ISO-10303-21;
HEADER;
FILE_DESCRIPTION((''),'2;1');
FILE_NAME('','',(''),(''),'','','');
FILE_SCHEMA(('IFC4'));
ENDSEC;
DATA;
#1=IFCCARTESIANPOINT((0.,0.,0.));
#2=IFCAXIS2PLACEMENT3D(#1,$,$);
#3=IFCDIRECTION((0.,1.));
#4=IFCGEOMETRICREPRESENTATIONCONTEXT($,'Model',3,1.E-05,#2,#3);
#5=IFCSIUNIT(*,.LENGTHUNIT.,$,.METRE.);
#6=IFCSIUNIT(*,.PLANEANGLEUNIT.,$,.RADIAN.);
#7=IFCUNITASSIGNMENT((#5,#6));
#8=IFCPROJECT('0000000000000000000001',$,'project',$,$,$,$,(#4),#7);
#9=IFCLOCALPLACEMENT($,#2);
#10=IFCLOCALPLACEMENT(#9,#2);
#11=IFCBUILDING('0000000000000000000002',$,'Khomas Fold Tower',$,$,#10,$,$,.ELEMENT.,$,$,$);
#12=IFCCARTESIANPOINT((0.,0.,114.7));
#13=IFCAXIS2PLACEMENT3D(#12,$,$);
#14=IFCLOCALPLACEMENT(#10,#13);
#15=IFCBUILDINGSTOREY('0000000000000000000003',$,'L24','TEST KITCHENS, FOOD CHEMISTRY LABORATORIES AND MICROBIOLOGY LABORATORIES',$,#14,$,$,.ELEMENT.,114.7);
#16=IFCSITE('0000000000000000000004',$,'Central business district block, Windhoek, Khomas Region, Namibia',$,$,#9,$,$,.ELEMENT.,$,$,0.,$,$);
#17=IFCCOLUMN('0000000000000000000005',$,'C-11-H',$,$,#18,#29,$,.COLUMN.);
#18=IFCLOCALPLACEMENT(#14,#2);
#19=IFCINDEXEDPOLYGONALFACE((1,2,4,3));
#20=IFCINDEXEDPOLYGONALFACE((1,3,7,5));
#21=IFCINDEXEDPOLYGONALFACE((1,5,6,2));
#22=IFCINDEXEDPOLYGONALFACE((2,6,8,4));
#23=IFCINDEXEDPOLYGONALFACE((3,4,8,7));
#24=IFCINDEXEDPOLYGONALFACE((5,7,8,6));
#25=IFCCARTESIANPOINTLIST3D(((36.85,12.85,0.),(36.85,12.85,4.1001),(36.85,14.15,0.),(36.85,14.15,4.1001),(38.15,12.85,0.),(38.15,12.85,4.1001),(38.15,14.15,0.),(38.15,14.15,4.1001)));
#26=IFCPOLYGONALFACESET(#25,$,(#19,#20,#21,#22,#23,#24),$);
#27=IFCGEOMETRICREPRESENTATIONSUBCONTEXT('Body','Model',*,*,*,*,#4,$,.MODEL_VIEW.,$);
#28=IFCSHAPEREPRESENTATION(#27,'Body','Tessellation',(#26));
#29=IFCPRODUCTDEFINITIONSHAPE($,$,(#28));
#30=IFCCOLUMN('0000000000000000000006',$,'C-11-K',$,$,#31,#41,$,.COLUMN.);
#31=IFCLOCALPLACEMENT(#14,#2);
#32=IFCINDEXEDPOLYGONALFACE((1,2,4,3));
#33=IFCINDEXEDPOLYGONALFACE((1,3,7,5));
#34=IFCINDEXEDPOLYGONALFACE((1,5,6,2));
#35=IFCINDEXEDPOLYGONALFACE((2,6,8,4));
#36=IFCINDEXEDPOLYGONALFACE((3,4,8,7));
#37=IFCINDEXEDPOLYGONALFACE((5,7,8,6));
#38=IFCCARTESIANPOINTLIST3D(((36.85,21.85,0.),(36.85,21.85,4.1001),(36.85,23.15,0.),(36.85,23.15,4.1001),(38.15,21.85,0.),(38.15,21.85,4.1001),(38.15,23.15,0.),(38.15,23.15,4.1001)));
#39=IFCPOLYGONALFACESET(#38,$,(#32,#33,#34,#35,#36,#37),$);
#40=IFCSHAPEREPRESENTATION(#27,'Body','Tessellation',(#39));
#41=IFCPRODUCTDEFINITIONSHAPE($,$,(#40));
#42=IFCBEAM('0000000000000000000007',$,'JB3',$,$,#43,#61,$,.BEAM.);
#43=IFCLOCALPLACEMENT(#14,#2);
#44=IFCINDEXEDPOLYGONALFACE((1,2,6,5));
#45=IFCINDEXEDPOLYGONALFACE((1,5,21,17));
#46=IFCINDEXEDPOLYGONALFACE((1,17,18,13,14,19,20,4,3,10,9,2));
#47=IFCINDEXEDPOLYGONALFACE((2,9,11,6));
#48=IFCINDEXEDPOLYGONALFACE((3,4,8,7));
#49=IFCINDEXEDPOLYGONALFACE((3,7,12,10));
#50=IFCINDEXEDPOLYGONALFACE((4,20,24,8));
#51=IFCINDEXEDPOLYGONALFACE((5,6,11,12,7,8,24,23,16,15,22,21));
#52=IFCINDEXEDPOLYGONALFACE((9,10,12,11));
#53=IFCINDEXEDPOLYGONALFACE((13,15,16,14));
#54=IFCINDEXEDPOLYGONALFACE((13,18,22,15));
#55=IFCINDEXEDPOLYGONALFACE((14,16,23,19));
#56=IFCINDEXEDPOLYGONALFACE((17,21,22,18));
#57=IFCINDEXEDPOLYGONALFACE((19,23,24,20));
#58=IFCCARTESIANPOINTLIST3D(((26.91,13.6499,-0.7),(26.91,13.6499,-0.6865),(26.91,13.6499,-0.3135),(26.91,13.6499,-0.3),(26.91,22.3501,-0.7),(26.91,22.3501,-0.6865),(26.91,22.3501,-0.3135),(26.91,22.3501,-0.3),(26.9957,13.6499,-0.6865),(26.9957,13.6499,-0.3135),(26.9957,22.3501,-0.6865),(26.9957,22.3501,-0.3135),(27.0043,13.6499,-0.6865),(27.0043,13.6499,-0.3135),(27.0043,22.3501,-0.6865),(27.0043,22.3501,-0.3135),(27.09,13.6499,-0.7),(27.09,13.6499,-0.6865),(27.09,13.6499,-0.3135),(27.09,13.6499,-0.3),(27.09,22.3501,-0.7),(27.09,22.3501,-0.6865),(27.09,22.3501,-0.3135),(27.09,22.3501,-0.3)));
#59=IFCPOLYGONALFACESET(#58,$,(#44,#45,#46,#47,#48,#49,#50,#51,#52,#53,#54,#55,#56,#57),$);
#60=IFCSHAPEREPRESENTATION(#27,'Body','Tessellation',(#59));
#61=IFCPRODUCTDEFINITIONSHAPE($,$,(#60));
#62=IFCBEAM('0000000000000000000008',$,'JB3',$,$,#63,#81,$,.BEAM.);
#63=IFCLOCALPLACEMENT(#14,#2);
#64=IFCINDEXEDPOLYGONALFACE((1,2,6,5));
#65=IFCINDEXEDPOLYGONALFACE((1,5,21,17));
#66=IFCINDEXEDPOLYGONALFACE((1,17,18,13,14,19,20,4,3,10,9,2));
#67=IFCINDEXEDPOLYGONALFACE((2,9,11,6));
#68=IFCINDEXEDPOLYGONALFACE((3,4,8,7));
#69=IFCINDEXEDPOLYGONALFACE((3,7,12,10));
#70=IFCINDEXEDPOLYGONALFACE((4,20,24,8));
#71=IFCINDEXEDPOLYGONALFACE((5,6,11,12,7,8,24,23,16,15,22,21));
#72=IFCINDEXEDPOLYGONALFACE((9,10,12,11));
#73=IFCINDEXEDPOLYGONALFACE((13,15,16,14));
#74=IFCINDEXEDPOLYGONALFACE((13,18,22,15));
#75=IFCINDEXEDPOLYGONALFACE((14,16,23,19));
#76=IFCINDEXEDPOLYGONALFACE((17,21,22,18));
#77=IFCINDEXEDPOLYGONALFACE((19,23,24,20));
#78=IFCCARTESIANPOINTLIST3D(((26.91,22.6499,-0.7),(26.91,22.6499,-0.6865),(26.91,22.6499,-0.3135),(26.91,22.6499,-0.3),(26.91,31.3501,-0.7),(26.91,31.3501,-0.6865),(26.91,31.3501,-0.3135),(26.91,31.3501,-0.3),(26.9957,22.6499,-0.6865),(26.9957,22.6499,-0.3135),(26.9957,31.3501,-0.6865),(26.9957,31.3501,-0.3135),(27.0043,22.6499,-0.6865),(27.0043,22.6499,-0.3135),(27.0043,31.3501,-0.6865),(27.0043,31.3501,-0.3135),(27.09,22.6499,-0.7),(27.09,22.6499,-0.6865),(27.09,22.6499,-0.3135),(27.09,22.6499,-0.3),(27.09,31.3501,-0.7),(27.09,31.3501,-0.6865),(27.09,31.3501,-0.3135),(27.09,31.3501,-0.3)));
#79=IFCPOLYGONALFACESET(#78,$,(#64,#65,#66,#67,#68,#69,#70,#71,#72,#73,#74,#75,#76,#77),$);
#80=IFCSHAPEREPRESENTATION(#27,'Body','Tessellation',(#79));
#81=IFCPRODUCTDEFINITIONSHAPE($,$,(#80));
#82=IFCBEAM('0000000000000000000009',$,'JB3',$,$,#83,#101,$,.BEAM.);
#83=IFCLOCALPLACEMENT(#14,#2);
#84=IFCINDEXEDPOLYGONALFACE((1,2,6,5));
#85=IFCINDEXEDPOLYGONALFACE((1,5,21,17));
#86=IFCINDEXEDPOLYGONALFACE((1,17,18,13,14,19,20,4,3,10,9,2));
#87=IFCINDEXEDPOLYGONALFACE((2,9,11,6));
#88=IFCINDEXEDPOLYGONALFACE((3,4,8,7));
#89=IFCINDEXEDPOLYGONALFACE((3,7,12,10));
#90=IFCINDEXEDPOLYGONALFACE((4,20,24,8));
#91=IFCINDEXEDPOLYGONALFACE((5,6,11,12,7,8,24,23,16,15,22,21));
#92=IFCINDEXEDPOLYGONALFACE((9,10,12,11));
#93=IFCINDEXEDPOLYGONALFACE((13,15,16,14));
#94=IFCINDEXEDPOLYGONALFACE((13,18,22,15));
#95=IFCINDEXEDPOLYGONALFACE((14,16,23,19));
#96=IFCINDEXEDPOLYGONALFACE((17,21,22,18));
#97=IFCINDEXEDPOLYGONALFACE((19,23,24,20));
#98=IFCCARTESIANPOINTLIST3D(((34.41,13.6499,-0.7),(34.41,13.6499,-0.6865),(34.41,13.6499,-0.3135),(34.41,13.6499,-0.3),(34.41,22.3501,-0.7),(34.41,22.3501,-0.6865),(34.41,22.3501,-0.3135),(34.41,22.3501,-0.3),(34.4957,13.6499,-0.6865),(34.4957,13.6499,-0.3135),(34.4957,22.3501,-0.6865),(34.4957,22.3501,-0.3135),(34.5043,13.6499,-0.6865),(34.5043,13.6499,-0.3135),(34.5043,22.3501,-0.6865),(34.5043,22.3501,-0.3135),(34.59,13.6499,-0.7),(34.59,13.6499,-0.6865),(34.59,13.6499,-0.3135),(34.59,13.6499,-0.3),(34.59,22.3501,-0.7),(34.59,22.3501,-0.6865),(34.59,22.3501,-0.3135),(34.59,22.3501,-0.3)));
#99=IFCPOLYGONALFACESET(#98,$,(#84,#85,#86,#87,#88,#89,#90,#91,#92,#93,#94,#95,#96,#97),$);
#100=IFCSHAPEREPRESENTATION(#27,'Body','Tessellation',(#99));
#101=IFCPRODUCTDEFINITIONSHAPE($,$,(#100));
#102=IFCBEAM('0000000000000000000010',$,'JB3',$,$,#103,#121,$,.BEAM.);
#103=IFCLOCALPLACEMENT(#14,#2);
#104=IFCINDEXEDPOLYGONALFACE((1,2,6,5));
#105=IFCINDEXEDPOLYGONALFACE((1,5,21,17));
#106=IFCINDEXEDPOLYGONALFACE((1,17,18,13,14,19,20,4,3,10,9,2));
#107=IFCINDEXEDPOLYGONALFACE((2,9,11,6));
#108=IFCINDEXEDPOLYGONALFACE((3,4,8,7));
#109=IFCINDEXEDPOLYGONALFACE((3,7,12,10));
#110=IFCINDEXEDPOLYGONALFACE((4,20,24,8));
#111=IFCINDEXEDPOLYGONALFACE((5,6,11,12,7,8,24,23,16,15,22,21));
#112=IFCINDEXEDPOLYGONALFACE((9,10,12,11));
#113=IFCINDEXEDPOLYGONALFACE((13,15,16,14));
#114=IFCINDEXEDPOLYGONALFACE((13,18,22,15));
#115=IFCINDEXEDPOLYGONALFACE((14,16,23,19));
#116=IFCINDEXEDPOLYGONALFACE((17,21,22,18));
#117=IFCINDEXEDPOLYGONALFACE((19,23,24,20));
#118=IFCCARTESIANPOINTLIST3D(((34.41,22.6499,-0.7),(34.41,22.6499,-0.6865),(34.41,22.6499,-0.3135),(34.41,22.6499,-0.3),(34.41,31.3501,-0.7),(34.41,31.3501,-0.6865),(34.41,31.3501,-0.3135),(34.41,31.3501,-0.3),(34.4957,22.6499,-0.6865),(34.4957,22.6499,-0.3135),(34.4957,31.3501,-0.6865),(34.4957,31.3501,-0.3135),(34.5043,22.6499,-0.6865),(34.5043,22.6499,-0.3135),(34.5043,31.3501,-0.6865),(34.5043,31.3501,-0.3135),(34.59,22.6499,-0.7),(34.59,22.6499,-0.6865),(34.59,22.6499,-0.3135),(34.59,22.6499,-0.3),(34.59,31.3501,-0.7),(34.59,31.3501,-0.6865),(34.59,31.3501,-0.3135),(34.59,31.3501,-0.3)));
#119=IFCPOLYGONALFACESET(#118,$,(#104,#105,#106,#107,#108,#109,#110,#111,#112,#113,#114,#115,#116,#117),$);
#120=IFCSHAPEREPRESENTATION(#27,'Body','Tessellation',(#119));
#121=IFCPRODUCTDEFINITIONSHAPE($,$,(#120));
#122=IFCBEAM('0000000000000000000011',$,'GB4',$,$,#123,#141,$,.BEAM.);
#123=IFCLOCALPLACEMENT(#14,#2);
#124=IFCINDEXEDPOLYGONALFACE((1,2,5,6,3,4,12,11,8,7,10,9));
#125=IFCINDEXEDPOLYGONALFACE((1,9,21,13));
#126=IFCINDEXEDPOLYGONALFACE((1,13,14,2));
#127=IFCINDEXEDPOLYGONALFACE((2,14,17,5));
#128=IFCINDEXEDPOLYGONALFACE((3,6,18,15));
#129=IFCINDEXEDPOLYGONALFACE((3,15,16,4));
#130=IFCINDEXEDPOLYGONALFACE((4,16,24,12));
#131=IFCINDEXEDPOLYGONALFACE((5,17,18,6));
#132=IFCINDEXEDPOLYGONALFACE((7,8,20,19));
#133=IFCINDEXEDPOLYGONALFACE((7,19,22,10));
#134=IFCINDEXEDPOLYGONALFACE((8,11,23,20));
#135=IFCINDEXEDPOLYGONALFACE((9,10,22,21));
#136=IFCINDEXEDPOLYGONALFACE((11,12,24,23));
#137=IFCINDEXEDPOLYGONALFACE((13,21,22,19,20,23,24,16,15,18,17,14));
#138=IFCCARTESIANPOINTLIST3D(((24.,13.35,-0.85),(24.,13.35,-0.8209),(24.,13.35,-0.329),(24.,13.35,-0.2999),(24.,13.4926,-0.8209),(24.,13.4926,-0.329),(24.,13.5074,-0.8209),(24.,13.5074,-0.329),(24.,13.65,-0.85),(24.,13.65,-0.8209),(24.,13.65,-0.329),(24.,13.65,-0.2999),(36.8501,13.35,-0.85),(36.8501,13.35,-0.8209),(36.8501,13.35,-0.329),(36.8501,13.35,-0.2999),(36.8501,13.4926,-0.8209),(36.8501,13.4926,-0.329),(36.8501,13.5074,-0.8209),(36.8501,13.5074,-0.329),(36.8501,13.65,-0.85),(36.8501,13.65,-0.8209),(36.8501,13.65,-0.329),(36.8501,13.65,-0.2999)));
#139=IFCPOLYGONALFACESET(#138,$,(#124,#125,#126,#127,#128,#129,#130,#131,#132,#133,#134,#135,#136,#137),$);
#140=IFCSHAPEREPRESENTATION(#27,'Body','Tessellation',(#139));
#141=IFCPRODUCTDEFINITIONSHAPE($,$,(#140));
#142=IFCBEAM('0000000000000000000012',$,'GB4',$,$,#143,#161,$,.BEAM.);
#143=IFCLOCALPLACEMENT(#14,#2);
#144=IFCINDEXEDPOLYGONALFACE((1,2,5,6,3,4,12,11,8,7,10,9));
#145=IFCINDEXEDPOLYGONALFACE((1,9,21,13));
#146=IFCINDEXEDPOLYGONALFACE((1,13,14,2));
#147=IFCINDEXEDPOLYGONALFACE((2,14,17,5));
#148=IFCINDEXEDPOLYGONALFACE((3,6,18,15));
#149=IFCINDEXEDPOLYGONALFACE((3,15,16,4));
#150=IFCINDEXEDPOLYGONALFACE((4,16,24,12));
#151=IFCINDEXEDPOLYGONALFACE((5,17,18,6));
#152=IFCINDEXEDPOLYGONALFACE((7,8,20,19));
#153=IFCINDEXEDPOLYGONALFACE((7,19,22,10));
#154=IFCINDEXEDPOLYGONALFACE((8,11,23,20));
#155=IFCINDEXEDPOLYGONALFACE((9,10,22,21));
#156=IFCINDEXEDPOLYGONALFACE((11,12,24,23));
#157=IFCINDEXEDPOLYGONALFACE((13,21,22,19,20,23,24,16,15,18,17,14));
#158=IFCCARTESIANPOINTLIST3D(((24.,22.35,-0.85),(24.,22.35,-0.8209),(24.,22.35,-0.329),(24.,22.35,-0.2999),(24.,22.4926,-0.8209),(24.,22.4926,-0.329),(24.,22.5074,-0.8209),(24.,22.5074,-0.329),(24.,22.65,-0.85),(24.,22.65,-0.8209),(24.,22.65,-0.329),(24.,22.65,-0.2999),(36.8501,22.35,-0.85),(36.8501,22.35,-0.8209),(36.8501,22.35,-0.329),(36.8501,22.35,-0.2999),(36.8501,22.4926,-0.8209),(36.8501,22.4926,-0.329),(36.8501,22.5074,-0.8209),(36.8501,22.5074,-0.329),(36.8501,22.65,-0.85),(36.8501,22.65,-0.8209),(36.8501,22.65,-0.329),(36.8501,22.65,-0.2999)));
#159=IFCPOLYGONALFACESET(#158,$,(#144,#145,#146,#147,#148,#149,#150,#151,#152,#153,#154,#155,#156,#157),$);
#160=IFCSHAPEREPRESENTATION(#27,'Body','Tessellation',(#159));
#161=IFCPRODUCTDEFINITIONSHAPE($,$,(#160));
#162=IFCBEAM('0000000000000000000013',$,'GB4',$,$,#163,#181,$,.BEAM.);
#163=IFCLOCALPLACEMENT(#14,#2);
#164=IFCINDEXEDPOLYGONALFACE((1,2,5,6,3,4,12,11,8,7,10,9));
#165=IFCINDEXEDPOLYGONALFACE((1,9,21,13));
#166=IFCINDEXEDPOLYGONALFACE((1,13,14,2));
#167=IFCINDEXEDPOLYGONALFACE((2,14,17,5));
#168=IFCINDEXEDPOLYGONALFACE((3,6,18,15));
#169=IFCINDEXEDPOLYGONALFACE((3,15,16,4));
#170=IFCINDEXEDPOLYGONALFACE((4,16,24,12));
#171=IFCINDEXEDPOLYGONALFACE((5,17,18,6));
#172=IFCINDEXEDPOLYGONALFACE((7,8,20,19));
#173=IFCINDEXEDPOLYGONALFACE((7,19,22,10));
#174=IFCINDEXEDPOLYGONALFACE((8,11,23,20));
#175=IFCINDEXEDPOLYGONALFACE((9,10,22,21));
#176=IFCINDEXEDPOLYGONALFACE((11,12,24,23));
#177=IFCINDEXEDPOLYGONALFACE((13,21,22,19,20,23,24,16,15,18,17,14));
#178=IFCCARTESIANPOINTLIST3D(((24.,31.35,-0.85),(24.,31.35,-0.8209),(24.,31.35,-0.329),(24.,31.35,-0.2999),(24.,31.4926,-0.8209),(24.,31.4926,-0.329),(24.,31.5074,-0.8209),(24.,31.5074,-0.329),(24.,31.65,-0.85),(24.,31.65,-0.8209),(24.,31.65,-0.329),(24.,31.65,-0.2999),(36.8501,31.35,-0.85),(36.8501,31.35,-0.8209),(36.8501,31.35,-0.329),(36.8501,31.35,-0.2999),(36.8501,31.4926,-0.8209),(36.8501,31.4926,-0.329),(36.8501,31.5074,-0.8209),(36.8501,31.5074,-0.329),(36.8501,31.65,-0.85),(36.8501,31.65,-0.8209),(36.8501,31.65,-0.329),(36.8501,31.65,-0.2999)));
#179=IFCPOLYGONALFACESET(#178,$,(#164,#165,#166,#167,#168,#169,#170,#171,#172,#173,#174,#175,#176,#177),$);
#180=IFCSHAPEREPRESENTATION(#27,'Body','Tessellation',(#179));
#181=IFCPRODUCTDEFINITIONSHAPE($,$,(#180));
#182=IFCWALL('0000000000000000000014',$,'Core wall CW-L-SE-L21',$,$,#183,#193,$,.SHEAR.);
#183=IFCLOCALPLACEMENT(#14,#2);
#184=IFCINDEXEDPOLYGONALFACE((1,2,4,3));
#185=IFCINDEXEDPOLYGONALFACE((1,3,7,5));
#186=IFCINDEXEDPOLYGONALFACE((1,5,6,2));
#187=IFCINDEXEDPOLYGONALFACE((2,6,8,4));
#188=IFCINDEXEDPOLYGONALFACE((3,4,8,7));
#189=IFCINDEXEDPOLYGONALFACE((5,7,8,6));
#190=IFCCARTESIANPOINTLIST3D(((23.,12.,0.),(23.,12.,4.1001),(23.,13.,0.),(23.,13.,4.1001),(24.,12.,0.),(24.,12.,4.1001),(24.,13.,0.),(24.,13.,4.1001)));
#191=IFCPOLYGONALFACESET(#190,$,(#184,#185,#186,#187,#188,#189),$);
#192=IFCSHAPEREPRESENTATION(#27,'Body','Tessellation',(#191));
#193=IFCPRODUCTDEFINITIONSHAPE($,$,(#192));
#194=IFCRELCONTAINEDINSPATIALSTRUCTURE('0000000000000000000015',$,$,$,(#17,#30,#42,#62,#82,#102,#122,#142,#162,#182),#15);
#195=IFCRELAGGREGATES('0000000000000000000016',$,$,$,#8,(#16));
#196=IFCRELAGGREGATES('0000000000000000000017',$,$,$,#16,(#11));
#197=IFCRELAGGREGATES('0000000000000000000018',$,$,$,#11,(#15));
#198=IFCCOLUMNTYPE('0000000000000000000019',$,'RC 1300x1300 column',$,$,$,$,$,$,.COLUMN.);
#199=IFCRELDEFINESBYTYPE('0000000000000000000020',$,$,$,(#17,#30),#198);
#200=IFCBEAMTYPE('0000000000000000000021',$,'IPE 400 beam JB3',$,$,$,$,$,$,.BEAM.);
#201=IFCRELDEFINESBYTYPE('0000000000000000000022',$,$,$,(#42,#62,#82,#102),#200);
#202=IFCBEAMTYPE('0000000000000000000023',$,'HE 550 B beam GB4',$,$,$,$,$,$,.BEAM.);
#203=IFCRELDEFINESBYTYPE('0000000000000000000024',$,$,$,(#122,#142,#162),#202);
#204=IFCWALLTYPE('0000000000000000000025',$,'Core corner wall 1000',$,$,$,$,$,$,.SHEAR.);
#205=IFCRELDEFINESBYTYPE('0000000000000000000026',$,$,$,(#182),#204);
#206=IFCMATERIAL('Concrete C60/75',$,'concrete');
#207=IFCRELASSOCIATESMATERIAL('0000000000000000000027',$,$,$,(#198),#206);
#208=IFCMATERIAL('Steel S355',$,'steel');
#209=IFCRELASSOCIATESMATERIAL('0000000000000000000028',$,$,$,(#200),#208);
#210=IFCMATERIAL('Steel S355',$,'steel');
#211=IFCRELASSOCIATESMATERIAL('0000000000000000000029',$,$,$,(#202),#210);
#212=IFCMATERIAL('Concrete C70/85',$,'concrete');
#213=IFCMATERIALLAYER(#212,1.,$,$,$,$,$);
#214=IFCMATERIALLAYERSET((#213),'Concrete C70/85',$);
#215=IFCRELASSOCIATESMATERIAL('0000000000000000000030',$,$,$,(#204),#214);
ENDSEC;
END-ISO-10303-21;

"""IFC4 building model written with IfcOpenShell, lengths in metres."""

from ifc_helpers import new_model, si_unit, direction, frame, frame_2d, origin, origin_2d, place, context, subcontext, project, spatial, rectangle, i_section, extrude, source, transform, mapped, material, layer, layer_set, material_profile, profile_set, type_object, element, save


model = new_model("IFC4")

# Units and contexts
model_context = context("Model", 3, precision=1e-05, world=origin(), true_north=direction((0.0, 1.0)))
body_context = subcontext(model_context, "Body", "Model", "MODEL_VIEW")
ifc_project = project(units=[si_unit("LENGTHUNIT", "METRE"), si_unit("PLANEANGLEUNIT", "RADIAN")], contexts=[model_context])

# Site, building, storey
site_placement = place(None, origin())
site = spatial("IfcSite", under=ifc_project, at=site_placement, Name="Central business district block, Windhoek, Khomas Region, Namibia", CompositionType="ELEMENT", RefElevation=0.0)
building_placement = place(site_placement, origin())
building = spatial("IfcBuilding", under=site, at=building_placement, Name="Khomas Fold Tower", CompositionType="ELEMENT")
storey_placement = place(building_placement, frame((0.0, 0.0, 114.7)))
storey = spatial("IfcBuildingStorey", under=building, at=storey_placement, Name="L24", Description="TEST KITCHENS, FOOD CHEMISTRY LABORATORIES AND MICROBIOLOGY LABORATORIES", CompositionType="ELEMENT", Elevation=114.7)

# Columns
ifc_material_1 = material(Name="Concrete C60/75", Category="concrete")
ifc_material_profile_1 = material_profile(ifc_material_1, rectangle(XDim=1.3, YDim=1.3, at=origin_2d()), Name="RC 1300x1300")
ifc_profile_set_1 = profile_set([ifc_material_profile_1], Name="Concrete C60/75")
column_type = type_object("IfcColumnType", Name="RC 1300x1300 column", PredefinedType="COLUMN", material=ifc_profile_set_1)
shared_shape_1 = source(origin(), body_context, "Body", "SweptSolid", [
    extrude(rectangle(XDim=1.3, YDim=1.3, at=origin_2d()), origin(), (0.0, 0.0, 1.0), 4.1001),
])
for number, where, z_axis, x_axis, name in (
    (1, (37.5, 13.5, 0.0), (0.0, 0.0, 1.0), (1.0, 0.0, 0.0), "C-11-H"),
    (2, (37.5, 22.5, 0.0), (0.0, 0.0, 1.0), (1.0, 0.0, 0.0), "C-11-K"),
):
    element("IfcColumn", number, at=place(storey_placement, frame(where, z_axis=z_axis, x_axis=x_axis)), inside=storey, type_object=column_type, Name=name, PredefinedType="COLUMN", context=body_context, shape_type="MappedRepresentation", body=[
        mapped(shared_shape_1, transform((0.0, 0.0, 0.0))),
    ])

# Beams
ifc_material_2 = material(Name="Steel S355", Category="steel")
ifc_material_profile_2 = material_profile(ifc_material_2, i_section(OverallWidth=0.1799, OverallDepth=0.3999, WebThickness=0.0085, FlangeThickness=0.0134, at=origin_2d()), Name="IPE 400")
ifc_profile_set_2 = profile_set([ifc_material_profile_2], Name="Steel S355")
beam_type_1 = type_object("IfcBeamType", Name="IPE 400 beam JB3", PredefinedType="BEAM", material=ifc_profile_set_2)
shared_shape_2 = source(origin(), body_context, "Body", "SweptSolid", [
    extrude(i_section(OverallWidth=0.1799, OverallDepth=0.3999, WebThickness=0.0085, FlangeThickness=0.0134, at=origin_2d()), origin(), (0.0, 0.0, 1.0), 8.7002),
])
for number, where, z_axis, x_axis, name in (
    (3, (27.0, 13.6499, -0.5), (0.0, 1.0, 0.0), (-1.0, 0.0, 0.0), "JB3"),
    (4, (27.0, 22.6499, -0.5), (0.0, 1.0, 0.0), (-1.0, 0.0, 0.0), "JB3"),
    (5, (34.5, 13.6499, -0.5), (0.0, 1.0, 0.0), (-1.0, 0.0, 0.0), "JB3"),
    (6, (34.5, 22.6499, -0.5), (0.0, 1.0, 0.0), (-1.0, 0.0, 0.0), "JB3"),
):
    element("IfcBeam", number, at=place(storey_placement, frame(where, z_axis=z_axis, x_axis=x_axis)), inside=storey, type_object=beam_type_1, Name=name, PredefinedType="BEAM", context=body_context, shape_type="MappedRepresentation", body=[
        mapped(shared_shape_2, transform((0.0, 0.0, 0.0))),
    ])
ifc_material_3 = material(Name="Steel S355", Category="steel")
ifc_material_profile_3 = material_profile(ifc_material_3, i_section(OverallWidth=0.3, OverallDepth=0.55, WebThickness=0.0149, FlangeThickness=0.0291, at=origin_2d()), Name="HE 550 B")
ifc_profile_set_3 = profile_set([ifc_material_profile_3], Name="Steel S355")
beam_type_2 = type_object("IfcBeamType", Name="HE 550 B beam GB4", PredefinedType="BEAM", material=ifc_profile_set_3)
shared_shape_3 = source(origin(), body_context, "Body", "SweptSolid", [
    extrude(i_section(OverallWidth=0.3, OverallDepth=0.55, WebThickness=0.0149, FlangeThickness=0.0291, at=origin_2d()), origin(), (0.0, 0.0, 1.0), 12.8501),
])
for number, where, z_axis, x_axis, name in (
    (7, (24.0, 13.5, -0.575), (1.0, 0.0, 0.0), (0.0, 1.0, 0.0), "GB4"),
    (8, (24.0, 22.5, -0.575), (1.0, 0.0, 0.0), (0.0, 1.0, 0.0), "GB4"),
    (9, (24.0, 31.5, -0.575), (1.0, 0.0, 0.0), (0.0, 1.0, 0.0), "GB4"),
):
    element("IfcBeam", number, at=place(storey_placement, frame(where, z_axis=z_axis, x_axis=x_axis)), inside=storey, type_object=beam_type_2, Name=name, PredefinedType="BEAM", context=body_context, shape_type="MappedRepresentation", body=[
        mapped(shared_shape_3, transform((0.0, 0.0, 0.0))),
    ])

# Wall
ifc_material_4 = material(Name="Concrete C70/85", Category="concrete")
ifc_layer_1 = layer(ifc_material_4, 1.0)
ifc_layer_set_1 = layer_set([ifc_layer_1], Name="Concrete C70/85")
wall_type_1 = type_object("IfcWallType", Name="Core corner wall 1000", PredefinedType="SHEAR", material=ifc_layer_set_1)
shared_shape_4 = source(origin(), body_context, "Body", "SweptSolid", [
    extrude(rectangle(XDim=1.0, YDim=1.0, at=frame_2d((0.5, 0.0))), origin(), (0.0, 0.0, 1.0), 4.1001),
])
wall_1_placement = place(storey_placement, frame((23.0, 12.5, 0.0), z_axis=(0.0, 0.0, 1.0), x_axis=(1.0, 0.0, 0.0)))
element("IfcWall", 10, at=wall_1_placement, inside=storey, type_object=wall_type_1, Name="Core wall CW-L-SE-L21", PredefinedType="SHEAR", context=body_context, shape_type="MappedRepresentation", body=[
    mapped(shared_shape_4, transform((0.0, 0.0, 0.0))),
])

save(model, "model.ifc")
